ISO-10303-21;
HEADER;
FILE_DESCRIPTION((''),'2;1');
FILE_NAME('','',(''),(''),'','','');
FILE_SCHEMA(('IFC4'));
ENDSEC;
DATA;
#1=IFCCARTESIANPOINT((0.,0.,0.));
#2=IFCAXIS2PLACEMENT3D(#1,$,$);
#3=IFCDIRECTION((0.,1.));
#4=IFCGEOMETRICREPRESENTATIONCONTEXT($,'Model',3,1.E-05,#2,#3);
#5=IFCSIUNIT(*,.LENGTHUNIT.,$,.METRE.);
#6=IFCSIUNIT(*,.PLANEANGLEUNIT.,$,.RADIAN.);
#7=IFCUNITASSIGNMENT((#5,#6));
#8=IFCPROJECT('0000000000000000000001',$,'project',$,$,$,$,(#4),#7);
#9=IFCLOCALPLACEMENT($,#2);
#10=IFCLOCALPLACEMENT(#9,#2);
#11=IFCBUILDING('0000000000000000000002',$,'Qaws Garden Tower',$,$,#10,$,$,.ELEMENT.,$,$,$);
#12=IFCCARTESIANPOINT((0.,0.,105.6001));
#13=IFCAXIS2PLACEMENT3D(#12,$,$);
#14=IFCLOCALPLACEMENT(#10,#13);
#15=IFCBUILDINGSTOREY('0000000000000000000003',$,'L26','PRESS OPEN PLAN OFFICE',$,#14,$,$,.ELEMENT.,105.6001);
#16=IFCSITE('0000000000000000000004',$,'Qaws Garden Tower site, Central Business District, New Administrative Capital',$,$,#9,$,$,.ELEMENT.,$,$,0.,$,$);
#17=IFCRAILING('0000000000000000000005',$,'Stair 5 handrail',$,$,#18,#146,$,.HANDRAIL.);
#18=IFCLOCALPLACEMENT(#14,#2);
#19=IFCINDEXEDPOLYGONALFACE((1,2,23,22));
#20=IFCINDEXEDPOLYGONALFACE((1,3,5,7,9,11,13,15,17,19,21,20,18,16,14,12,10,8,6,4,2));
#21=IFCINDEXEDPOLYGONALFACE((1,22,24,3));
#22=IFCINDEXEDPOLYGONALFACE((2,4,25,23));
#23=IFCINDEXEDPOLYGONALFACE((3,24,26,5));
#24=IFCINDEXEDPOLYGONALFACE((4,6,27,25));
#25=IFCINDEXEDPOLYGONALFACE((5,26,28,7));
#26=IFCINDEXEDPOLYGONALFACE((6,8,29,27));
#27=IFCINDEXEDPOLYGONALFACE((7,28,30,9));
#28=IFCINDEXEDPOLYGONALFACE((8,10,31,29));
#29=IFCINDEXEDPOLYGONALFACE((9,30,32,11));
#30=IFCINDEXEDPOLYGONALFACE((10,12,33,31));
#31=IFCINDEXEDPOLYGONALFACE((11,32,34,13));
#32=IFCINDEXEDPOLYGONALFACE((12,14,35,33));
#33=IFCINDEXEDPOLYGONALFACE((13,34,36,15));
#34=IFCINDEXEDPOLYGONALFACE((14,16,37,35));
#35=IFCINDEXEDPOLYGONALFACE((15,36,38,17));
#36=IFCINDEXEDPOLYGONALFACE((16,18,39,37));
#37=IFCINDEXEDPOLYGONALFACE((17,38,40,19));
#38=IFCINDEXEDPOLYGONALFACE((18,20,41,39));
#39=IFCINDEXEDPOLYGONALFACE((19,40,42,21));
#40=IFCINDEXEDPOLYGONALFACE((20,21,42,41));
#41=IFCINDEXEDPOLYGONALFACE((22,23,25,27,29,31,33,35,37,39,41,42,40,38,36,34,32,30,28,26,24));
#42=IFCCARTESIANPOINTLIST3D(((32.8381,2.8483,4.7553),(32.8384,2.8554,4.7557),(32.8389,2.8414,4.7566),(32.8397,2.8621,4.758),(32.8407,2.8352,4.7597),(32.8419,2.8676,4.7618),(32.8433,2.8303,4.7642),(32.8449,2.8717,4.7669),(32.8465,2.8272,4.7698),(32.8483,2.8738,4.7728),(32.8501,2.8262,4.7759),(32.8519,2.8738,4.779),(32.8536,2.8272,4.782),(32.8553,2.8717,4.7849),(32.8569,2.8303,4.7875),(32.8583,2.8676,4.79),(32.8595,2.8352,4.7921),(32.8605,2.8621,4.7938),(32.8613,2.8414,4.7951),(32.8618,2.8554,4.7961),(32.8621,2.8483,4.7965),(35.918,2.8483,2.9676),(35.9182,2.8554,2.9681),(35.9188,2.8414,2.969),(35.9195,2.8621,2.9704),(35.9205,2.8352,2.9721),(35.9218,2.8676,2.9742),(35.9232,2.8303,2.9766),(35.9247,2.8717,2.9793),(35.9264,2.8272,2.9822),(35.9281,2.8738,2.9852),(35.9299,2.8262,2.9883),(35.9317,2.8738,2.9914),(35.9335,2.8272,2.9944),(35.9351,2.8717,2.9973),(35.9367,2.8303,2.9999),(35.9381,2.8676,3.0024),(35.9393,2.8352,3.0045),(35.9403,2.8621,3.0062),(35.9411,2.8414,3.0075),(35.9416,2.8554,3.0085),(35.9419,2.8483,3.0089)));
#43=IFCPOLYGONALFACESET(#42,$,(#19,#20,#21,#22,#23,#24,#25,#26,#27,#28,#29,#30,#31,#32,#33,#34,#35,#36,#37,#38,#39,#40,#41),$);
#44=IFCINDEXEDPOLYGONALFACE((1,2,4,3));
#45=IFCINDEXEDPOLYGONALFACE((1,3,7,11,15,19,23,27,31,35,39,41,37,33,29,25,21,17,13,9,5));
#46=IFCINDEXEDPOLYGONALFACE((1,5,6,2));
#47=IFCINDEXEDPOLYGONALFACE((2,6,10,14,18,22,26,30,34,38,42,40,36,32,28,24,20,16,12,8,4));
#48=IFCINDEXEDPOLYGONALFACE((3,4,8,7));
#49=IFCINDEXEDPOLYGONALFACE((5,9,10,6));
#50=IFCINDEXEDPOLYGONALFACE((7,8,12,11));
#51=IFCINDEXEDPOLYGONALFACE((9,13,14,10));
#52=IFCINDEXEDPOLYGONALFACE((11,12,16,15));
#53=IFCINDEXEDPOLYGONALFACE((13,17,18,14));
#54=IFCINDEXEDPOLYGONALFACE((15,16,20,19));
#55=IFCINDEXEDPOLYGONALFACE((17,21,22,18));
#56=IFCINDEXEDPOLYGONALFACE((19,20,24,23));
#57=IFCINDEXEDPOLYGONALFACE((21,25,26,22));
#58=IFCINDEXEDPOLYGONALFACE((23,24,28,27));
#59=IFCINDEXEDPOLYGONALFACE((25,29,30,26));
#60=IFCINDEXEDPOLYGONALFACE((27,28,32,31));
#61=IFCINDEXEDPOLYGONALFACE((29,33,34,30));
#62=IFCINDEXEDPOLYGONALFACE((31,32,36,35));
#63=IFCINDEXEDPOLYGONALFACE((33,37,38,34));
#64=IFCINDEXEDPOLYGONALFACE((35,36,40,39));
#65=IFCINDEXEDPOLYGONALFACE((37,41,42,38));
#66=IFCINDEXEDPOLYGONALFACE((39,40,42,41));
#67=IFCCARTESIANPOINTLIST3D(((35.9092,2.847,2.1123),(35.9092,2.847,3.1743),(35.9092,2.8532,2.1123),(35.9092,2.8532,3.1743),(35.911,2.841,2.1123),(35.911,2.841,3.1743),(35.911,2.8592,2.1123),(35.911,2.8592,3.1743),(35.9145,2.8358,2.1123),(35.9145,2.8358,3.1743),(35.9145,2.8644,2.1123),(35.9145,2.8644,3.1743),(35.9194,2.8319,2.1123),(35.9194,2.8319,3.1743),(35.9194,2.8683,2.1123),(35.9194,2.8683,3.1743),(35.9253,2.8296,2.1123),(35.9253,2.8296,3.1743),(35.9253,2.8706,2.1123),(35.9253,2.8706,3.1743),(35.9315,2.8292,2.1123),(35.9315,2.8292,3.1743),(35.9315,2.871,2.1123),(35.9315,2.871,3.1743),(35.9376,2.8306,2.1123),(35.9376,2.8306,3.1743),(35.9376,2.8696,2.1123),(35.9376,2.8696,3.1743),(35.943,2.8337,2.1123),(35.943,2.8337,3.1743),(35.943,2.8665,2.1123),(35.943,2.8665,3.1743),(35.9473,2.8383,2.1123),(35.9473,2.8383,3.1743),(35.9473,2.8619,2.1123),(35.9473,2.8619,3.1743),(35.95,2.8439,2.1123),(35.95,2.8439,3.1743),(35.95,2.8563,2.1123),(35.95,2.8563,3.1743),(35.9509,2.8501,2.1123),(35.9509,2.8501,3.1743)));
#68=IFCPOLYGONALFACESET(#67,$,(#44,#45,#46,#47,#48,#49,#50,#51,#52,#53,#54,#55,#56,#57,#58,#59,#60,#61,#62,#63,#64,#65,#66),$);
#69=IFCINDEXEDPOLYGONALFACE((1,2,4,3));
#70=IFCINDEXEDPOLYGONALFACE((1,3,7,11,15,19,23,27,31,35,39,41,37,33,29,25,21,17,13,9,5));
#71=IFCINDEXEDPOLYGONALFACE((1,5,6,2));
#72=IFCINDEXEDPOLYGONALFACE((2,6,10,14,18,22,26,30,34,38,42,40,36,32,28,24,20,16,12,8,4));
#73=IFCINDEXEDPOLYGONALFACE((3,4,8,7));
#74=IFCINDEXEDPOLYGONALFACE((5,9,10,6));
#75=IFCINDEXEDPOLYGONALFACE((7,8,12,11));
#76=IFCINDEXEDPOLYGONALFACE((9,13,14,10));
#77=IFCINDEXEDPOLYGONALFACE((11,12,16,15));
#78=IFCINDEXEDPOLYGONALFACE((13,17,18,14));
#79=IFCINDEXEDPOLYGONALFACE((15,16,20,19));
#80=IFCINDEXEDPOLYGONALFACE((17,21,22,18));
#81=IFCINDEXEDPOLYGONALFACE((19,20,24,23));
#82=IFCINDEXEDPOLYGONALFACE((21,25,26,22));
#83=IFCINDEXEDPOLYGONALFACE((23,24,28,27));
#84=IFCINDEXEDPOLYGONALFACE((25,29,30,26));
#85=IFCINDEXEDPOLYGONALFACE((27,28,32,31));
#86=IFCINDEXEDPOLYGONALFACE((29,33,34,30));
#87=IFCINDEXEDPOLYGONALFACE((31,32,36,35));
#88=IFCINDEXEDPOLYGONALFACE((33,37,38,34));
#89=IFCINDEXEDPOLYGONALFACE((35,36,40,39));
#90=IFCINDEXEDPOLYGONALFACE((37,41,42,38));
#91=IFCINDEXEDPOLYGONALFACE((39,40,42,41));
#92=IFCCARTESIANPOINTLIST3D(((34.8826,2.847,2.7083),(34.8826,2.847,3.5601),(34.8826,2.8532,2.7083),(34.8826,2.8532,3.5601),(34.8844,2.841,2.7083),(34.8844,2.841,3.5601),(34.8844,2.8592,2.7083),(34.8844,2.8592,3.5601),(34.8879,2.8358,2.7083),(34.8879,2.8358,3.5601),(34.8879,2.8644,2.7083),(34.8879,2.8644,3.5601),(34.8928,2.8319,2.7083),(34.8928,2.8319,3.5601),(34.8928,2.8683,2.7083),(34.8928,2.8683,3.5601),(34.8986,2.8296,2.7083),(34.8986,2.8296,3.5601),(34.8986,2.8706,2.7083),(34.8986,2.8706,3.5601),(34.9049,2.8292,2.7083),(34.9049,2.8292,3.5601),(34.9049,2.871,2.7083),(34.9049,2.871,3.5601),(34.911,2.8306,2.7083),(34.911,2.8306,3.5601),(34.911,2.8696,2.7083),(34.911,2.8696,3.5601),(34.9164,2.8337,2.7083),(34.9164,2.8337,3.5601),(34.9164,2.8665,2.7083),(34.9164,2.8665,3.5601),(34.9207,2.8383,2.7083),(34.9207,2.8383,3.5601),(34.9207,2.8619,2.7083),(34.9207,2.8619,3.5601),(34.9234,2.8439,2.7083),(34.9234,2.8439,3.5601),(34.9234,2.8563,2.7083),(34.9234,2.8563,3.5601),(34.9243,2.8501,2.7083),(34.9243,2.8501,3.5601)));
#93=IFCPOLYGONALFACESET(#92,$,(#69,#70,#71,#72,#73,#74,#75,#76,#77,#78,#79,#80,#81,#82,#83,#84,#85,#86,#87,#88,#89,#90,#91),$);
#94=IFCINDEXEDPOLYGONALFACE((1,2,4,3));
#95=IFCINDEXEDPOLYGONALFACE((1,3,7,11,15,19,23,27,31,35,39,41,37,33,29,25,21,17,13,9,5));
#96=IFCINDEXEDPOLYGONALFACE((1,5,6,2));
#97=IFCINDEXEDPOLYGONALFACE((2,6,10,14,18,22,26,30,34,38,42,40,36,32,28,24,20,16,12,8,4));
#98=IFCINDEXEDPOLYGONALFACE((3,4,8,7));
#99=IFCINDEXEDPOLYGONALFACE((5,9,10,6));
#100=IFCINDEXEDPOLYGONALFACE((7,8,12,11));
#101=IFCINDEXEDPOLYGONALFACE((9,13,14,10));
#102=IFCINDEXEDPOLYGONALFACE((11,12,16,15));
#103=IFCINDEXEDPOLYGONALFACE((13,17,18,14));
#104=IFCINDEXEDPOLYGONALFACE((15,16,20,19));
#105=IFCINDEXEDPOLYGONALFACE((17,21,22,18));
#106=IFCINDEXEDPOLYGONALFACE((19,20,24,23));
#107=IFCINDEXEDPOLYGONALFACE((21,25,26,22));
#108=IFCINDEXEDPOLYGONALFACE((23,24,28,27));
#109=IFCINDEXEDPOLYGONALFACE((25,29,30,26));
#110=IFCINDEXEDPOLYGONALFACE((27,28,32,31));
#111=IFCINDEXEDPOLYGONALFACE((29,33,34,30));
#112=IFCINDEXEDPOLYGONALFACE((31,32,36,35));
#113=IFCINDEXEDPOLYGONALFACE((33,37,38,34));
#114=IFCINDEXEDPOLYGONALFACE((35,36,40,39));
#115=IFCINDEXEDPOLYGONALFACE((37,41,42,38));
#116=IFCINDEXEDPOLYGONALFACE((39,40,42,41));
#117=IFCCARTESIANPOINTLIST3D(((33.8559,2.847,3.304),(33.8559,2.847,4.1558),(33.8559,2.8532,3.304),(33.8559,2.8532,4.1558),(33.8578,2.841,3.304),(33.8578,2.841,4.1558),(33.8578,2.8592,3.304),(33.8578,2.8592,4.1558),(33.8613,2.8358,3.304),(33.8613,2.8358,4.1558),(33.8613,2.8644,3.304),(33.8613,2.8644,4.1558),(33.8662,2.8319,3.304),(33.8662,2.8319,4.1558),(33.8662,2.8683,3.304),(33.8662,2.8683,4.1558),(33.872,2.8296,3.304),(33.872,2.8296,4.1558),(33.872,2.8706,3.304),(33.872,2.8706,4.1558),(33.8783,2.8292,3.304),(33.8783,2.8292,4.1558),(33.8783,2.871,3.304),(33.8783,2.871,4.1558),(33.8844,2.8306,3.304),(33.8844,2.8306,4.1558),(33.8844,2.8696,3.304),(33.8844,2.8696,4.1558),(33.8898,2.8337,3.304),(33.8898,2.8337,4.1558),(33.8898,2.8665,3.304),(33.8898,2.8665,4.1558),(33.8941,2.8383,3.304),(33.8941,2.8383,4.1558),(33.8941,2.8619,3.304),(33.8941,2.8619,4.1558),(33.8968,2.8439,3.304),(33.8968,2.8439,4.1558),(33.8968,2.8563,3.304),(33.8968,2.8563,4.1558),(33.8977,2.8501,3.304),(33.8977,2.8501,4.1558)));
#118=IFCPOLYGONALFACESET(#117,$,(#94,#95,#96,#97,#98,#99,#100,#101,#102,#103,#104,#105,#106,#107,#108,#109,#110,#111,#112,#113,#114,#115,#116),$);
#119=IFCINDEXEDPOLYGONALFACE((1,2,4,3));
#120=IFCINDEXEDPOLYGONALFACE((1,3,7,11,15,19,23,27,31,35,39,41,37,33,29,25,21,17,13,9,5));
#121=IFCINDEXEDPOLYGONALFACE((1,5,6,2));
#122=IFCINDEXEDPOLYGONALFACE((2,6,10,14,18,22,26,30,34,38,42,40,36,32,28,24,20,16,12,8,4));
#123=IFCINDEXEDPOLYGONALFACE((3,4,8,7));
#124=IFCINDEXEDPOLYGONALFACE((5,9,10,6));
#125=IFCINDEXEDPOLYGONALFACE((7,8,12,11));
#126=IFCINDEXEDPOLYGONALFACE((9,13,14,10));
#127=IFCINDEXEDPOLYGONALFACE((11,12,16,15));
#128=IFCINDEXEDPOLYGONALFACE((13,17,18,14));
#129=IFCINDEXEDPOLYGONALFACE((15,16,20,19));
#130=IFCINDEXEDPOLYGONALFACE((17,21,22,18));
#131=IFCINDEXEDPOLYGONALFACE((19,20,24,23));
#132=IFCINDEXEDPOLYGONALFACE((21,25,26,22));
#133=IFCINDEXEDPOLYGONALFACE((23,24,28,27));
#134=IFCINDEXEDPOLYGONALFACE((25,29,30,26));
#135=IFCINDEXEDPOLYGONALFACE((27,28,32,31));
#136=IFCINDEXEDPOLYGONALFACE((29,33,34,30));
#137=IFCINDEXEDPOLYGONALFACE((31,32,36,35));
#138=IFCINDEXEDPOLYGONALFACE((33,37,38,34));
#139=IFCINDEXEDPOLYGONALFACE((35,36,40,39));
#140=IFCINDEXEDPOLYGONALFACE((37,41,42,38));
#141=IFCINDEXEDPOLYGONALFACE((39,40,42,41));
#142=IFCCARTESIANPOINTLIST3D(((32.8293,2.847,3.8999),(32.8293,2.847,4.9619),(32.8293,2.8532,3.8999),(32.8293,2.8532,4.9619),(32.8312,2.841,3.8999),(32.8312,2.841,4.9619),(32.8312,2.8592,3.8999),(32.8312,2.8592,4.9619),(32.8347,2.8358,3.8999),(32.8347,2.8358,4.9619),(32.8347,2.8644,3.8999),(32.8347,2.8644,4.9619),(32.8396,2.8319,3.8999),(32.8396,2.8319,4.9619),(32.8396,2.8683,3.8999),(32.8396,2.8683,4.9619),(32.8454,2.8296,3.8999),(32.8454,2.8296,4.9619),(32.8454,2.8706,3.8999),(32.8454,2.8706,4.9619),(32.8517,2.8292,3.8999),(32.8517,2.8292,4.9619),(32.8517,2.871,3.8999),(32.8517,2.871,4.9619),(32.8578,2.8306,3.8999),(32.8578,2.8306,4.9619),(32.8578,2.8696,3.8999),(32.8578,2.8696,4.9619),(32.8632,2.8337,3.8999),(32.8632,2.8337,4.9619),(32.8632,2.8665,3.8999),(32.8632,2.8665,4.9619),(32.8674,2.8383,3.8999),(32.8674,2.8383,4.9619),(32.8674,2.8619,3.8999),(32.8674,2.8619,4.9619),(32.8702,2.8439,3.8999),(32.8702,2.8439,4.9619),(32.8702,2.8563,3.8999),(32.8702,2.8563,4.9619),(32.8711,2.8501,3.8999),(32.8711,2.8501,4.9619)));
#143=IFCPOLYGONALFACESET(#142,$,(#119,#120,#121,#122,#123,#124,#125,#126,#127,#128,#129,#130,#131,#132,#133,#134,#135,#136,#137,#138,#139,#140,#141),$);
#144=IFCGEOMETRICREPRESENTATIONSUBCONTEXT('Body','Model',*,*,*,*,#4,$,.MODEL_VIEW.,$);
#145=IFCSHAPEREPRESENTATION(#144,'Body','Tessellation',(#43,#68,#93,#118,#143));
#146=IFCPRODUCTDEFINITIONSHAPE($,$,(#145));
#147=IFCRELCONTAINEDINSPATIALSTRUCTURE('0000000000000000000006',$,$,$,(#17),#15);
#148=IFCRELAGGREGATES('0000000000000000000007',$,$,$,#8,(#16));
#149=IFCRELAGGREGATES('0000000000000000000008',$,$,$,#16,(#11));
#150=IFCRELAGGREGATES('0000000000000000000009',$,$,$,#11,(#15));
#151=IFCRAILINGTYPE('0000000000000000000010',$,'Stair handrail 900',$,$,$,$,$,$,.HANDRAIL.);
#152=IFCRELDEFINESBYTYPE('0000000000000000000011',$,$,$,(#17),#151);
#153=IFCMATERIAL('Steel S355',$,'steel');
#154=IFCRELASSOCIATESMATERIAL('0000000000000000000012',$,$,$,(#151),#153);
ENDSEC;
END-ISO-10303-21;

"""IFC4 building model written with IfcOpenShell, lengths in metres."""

from ifc_helpers import new_model, si_unit, direction, frame, origin, origin_2d, place, context, subcontext, project, spatial, circle, extrude, material, type_object, element, save


model = new_model("IFC4")

# Units and contexts
model_context = context("Model", 3, precision=1e-05, world=origin(), true_north=direction((0.0, 1.0)))
body_context = subcontext(model_context, "Body", "Model", "MODEL_VIEW")
ifc_project = project(units=[si_unit("LENGTHUNIT", "METRE"), si_unit("PLANEANGLEUNIT", "RADIAN")], contexts=[model_context])

# Site, building, storey
site_placement = place(None, origin())
site = spatial("IfcSite", under=ifc_project, at=site_placement, Name="Qaws Garden Tower site, Central Business District, New Administrative Capital", CompositionType="ELEMENT", RefElevation=0.0)
building_placement = place(site_placement, origin())
building = spatial("IfcBuilding", under=site, at=building_placement, Name="Qaws Garden Tower", CompositionType="ELEMENT")
storey_placement = place(building_placement, frame((0.0, 0.0, 105.6001)))
storey = spatial("IfcBuildingStorey", under=building, at=storey_placement, Name="L26", Description="PRESS OPEN PLAN OFFICE", CompositionType="ELEMENT", Elevation=105.6001)

# Railing
ifc_material_1 = material(Name="Steel S355", Category="steel")
railing_type = type_object("IfcRailingType", Name="Stair handrail 900", PredefinedType="HANDRAIL", material=ifc_material_1)
railing_1_placement = place(storey_placement, frame((35.9299, 2.8501, 2.1123)))
element("IfcRailing", 1, at=railing_1_placement, inside=storey, type_object=railing_type, Name="Stair 5 handrail", PredefinedType="HANDRAIL", context=body_context, shape_type="SweptSolid", body=[
    extrude(circle(Radius=0.0239, at=origin_2d()), frame((0.0, 0.0, 0.876), z_axis=(-0.864873, 0.0, 0.50199), x_axis=(0.0, -1.0, 0.0)), (0.0, 0.0, 1.0), 3.561),
    extrude(circle(Radius=0.021, at=origin_2d()), origin(), (0.0, 0.0, 1.0), 1.062),
    extrude(circle(Radius=0.021, at=origin_2d()), frame((-1.0266, 0.0, 0.5959)), (0.0, 0.0, 1.0), 0.8518),
    extrude(circle(Radius=0.021, at=origin_2d()), frame((-2.0532, 0.0, 1.1917)), (0.0, 0.0, 1.0), 0.8518),
    extrude(circle(Radius=0.021, at=origin_2d()), frame((-3.0798, 0.0, 1.7876)), (0.0, 0.0, 1.0), 1.062),
])

save(model, "model.ifc")
